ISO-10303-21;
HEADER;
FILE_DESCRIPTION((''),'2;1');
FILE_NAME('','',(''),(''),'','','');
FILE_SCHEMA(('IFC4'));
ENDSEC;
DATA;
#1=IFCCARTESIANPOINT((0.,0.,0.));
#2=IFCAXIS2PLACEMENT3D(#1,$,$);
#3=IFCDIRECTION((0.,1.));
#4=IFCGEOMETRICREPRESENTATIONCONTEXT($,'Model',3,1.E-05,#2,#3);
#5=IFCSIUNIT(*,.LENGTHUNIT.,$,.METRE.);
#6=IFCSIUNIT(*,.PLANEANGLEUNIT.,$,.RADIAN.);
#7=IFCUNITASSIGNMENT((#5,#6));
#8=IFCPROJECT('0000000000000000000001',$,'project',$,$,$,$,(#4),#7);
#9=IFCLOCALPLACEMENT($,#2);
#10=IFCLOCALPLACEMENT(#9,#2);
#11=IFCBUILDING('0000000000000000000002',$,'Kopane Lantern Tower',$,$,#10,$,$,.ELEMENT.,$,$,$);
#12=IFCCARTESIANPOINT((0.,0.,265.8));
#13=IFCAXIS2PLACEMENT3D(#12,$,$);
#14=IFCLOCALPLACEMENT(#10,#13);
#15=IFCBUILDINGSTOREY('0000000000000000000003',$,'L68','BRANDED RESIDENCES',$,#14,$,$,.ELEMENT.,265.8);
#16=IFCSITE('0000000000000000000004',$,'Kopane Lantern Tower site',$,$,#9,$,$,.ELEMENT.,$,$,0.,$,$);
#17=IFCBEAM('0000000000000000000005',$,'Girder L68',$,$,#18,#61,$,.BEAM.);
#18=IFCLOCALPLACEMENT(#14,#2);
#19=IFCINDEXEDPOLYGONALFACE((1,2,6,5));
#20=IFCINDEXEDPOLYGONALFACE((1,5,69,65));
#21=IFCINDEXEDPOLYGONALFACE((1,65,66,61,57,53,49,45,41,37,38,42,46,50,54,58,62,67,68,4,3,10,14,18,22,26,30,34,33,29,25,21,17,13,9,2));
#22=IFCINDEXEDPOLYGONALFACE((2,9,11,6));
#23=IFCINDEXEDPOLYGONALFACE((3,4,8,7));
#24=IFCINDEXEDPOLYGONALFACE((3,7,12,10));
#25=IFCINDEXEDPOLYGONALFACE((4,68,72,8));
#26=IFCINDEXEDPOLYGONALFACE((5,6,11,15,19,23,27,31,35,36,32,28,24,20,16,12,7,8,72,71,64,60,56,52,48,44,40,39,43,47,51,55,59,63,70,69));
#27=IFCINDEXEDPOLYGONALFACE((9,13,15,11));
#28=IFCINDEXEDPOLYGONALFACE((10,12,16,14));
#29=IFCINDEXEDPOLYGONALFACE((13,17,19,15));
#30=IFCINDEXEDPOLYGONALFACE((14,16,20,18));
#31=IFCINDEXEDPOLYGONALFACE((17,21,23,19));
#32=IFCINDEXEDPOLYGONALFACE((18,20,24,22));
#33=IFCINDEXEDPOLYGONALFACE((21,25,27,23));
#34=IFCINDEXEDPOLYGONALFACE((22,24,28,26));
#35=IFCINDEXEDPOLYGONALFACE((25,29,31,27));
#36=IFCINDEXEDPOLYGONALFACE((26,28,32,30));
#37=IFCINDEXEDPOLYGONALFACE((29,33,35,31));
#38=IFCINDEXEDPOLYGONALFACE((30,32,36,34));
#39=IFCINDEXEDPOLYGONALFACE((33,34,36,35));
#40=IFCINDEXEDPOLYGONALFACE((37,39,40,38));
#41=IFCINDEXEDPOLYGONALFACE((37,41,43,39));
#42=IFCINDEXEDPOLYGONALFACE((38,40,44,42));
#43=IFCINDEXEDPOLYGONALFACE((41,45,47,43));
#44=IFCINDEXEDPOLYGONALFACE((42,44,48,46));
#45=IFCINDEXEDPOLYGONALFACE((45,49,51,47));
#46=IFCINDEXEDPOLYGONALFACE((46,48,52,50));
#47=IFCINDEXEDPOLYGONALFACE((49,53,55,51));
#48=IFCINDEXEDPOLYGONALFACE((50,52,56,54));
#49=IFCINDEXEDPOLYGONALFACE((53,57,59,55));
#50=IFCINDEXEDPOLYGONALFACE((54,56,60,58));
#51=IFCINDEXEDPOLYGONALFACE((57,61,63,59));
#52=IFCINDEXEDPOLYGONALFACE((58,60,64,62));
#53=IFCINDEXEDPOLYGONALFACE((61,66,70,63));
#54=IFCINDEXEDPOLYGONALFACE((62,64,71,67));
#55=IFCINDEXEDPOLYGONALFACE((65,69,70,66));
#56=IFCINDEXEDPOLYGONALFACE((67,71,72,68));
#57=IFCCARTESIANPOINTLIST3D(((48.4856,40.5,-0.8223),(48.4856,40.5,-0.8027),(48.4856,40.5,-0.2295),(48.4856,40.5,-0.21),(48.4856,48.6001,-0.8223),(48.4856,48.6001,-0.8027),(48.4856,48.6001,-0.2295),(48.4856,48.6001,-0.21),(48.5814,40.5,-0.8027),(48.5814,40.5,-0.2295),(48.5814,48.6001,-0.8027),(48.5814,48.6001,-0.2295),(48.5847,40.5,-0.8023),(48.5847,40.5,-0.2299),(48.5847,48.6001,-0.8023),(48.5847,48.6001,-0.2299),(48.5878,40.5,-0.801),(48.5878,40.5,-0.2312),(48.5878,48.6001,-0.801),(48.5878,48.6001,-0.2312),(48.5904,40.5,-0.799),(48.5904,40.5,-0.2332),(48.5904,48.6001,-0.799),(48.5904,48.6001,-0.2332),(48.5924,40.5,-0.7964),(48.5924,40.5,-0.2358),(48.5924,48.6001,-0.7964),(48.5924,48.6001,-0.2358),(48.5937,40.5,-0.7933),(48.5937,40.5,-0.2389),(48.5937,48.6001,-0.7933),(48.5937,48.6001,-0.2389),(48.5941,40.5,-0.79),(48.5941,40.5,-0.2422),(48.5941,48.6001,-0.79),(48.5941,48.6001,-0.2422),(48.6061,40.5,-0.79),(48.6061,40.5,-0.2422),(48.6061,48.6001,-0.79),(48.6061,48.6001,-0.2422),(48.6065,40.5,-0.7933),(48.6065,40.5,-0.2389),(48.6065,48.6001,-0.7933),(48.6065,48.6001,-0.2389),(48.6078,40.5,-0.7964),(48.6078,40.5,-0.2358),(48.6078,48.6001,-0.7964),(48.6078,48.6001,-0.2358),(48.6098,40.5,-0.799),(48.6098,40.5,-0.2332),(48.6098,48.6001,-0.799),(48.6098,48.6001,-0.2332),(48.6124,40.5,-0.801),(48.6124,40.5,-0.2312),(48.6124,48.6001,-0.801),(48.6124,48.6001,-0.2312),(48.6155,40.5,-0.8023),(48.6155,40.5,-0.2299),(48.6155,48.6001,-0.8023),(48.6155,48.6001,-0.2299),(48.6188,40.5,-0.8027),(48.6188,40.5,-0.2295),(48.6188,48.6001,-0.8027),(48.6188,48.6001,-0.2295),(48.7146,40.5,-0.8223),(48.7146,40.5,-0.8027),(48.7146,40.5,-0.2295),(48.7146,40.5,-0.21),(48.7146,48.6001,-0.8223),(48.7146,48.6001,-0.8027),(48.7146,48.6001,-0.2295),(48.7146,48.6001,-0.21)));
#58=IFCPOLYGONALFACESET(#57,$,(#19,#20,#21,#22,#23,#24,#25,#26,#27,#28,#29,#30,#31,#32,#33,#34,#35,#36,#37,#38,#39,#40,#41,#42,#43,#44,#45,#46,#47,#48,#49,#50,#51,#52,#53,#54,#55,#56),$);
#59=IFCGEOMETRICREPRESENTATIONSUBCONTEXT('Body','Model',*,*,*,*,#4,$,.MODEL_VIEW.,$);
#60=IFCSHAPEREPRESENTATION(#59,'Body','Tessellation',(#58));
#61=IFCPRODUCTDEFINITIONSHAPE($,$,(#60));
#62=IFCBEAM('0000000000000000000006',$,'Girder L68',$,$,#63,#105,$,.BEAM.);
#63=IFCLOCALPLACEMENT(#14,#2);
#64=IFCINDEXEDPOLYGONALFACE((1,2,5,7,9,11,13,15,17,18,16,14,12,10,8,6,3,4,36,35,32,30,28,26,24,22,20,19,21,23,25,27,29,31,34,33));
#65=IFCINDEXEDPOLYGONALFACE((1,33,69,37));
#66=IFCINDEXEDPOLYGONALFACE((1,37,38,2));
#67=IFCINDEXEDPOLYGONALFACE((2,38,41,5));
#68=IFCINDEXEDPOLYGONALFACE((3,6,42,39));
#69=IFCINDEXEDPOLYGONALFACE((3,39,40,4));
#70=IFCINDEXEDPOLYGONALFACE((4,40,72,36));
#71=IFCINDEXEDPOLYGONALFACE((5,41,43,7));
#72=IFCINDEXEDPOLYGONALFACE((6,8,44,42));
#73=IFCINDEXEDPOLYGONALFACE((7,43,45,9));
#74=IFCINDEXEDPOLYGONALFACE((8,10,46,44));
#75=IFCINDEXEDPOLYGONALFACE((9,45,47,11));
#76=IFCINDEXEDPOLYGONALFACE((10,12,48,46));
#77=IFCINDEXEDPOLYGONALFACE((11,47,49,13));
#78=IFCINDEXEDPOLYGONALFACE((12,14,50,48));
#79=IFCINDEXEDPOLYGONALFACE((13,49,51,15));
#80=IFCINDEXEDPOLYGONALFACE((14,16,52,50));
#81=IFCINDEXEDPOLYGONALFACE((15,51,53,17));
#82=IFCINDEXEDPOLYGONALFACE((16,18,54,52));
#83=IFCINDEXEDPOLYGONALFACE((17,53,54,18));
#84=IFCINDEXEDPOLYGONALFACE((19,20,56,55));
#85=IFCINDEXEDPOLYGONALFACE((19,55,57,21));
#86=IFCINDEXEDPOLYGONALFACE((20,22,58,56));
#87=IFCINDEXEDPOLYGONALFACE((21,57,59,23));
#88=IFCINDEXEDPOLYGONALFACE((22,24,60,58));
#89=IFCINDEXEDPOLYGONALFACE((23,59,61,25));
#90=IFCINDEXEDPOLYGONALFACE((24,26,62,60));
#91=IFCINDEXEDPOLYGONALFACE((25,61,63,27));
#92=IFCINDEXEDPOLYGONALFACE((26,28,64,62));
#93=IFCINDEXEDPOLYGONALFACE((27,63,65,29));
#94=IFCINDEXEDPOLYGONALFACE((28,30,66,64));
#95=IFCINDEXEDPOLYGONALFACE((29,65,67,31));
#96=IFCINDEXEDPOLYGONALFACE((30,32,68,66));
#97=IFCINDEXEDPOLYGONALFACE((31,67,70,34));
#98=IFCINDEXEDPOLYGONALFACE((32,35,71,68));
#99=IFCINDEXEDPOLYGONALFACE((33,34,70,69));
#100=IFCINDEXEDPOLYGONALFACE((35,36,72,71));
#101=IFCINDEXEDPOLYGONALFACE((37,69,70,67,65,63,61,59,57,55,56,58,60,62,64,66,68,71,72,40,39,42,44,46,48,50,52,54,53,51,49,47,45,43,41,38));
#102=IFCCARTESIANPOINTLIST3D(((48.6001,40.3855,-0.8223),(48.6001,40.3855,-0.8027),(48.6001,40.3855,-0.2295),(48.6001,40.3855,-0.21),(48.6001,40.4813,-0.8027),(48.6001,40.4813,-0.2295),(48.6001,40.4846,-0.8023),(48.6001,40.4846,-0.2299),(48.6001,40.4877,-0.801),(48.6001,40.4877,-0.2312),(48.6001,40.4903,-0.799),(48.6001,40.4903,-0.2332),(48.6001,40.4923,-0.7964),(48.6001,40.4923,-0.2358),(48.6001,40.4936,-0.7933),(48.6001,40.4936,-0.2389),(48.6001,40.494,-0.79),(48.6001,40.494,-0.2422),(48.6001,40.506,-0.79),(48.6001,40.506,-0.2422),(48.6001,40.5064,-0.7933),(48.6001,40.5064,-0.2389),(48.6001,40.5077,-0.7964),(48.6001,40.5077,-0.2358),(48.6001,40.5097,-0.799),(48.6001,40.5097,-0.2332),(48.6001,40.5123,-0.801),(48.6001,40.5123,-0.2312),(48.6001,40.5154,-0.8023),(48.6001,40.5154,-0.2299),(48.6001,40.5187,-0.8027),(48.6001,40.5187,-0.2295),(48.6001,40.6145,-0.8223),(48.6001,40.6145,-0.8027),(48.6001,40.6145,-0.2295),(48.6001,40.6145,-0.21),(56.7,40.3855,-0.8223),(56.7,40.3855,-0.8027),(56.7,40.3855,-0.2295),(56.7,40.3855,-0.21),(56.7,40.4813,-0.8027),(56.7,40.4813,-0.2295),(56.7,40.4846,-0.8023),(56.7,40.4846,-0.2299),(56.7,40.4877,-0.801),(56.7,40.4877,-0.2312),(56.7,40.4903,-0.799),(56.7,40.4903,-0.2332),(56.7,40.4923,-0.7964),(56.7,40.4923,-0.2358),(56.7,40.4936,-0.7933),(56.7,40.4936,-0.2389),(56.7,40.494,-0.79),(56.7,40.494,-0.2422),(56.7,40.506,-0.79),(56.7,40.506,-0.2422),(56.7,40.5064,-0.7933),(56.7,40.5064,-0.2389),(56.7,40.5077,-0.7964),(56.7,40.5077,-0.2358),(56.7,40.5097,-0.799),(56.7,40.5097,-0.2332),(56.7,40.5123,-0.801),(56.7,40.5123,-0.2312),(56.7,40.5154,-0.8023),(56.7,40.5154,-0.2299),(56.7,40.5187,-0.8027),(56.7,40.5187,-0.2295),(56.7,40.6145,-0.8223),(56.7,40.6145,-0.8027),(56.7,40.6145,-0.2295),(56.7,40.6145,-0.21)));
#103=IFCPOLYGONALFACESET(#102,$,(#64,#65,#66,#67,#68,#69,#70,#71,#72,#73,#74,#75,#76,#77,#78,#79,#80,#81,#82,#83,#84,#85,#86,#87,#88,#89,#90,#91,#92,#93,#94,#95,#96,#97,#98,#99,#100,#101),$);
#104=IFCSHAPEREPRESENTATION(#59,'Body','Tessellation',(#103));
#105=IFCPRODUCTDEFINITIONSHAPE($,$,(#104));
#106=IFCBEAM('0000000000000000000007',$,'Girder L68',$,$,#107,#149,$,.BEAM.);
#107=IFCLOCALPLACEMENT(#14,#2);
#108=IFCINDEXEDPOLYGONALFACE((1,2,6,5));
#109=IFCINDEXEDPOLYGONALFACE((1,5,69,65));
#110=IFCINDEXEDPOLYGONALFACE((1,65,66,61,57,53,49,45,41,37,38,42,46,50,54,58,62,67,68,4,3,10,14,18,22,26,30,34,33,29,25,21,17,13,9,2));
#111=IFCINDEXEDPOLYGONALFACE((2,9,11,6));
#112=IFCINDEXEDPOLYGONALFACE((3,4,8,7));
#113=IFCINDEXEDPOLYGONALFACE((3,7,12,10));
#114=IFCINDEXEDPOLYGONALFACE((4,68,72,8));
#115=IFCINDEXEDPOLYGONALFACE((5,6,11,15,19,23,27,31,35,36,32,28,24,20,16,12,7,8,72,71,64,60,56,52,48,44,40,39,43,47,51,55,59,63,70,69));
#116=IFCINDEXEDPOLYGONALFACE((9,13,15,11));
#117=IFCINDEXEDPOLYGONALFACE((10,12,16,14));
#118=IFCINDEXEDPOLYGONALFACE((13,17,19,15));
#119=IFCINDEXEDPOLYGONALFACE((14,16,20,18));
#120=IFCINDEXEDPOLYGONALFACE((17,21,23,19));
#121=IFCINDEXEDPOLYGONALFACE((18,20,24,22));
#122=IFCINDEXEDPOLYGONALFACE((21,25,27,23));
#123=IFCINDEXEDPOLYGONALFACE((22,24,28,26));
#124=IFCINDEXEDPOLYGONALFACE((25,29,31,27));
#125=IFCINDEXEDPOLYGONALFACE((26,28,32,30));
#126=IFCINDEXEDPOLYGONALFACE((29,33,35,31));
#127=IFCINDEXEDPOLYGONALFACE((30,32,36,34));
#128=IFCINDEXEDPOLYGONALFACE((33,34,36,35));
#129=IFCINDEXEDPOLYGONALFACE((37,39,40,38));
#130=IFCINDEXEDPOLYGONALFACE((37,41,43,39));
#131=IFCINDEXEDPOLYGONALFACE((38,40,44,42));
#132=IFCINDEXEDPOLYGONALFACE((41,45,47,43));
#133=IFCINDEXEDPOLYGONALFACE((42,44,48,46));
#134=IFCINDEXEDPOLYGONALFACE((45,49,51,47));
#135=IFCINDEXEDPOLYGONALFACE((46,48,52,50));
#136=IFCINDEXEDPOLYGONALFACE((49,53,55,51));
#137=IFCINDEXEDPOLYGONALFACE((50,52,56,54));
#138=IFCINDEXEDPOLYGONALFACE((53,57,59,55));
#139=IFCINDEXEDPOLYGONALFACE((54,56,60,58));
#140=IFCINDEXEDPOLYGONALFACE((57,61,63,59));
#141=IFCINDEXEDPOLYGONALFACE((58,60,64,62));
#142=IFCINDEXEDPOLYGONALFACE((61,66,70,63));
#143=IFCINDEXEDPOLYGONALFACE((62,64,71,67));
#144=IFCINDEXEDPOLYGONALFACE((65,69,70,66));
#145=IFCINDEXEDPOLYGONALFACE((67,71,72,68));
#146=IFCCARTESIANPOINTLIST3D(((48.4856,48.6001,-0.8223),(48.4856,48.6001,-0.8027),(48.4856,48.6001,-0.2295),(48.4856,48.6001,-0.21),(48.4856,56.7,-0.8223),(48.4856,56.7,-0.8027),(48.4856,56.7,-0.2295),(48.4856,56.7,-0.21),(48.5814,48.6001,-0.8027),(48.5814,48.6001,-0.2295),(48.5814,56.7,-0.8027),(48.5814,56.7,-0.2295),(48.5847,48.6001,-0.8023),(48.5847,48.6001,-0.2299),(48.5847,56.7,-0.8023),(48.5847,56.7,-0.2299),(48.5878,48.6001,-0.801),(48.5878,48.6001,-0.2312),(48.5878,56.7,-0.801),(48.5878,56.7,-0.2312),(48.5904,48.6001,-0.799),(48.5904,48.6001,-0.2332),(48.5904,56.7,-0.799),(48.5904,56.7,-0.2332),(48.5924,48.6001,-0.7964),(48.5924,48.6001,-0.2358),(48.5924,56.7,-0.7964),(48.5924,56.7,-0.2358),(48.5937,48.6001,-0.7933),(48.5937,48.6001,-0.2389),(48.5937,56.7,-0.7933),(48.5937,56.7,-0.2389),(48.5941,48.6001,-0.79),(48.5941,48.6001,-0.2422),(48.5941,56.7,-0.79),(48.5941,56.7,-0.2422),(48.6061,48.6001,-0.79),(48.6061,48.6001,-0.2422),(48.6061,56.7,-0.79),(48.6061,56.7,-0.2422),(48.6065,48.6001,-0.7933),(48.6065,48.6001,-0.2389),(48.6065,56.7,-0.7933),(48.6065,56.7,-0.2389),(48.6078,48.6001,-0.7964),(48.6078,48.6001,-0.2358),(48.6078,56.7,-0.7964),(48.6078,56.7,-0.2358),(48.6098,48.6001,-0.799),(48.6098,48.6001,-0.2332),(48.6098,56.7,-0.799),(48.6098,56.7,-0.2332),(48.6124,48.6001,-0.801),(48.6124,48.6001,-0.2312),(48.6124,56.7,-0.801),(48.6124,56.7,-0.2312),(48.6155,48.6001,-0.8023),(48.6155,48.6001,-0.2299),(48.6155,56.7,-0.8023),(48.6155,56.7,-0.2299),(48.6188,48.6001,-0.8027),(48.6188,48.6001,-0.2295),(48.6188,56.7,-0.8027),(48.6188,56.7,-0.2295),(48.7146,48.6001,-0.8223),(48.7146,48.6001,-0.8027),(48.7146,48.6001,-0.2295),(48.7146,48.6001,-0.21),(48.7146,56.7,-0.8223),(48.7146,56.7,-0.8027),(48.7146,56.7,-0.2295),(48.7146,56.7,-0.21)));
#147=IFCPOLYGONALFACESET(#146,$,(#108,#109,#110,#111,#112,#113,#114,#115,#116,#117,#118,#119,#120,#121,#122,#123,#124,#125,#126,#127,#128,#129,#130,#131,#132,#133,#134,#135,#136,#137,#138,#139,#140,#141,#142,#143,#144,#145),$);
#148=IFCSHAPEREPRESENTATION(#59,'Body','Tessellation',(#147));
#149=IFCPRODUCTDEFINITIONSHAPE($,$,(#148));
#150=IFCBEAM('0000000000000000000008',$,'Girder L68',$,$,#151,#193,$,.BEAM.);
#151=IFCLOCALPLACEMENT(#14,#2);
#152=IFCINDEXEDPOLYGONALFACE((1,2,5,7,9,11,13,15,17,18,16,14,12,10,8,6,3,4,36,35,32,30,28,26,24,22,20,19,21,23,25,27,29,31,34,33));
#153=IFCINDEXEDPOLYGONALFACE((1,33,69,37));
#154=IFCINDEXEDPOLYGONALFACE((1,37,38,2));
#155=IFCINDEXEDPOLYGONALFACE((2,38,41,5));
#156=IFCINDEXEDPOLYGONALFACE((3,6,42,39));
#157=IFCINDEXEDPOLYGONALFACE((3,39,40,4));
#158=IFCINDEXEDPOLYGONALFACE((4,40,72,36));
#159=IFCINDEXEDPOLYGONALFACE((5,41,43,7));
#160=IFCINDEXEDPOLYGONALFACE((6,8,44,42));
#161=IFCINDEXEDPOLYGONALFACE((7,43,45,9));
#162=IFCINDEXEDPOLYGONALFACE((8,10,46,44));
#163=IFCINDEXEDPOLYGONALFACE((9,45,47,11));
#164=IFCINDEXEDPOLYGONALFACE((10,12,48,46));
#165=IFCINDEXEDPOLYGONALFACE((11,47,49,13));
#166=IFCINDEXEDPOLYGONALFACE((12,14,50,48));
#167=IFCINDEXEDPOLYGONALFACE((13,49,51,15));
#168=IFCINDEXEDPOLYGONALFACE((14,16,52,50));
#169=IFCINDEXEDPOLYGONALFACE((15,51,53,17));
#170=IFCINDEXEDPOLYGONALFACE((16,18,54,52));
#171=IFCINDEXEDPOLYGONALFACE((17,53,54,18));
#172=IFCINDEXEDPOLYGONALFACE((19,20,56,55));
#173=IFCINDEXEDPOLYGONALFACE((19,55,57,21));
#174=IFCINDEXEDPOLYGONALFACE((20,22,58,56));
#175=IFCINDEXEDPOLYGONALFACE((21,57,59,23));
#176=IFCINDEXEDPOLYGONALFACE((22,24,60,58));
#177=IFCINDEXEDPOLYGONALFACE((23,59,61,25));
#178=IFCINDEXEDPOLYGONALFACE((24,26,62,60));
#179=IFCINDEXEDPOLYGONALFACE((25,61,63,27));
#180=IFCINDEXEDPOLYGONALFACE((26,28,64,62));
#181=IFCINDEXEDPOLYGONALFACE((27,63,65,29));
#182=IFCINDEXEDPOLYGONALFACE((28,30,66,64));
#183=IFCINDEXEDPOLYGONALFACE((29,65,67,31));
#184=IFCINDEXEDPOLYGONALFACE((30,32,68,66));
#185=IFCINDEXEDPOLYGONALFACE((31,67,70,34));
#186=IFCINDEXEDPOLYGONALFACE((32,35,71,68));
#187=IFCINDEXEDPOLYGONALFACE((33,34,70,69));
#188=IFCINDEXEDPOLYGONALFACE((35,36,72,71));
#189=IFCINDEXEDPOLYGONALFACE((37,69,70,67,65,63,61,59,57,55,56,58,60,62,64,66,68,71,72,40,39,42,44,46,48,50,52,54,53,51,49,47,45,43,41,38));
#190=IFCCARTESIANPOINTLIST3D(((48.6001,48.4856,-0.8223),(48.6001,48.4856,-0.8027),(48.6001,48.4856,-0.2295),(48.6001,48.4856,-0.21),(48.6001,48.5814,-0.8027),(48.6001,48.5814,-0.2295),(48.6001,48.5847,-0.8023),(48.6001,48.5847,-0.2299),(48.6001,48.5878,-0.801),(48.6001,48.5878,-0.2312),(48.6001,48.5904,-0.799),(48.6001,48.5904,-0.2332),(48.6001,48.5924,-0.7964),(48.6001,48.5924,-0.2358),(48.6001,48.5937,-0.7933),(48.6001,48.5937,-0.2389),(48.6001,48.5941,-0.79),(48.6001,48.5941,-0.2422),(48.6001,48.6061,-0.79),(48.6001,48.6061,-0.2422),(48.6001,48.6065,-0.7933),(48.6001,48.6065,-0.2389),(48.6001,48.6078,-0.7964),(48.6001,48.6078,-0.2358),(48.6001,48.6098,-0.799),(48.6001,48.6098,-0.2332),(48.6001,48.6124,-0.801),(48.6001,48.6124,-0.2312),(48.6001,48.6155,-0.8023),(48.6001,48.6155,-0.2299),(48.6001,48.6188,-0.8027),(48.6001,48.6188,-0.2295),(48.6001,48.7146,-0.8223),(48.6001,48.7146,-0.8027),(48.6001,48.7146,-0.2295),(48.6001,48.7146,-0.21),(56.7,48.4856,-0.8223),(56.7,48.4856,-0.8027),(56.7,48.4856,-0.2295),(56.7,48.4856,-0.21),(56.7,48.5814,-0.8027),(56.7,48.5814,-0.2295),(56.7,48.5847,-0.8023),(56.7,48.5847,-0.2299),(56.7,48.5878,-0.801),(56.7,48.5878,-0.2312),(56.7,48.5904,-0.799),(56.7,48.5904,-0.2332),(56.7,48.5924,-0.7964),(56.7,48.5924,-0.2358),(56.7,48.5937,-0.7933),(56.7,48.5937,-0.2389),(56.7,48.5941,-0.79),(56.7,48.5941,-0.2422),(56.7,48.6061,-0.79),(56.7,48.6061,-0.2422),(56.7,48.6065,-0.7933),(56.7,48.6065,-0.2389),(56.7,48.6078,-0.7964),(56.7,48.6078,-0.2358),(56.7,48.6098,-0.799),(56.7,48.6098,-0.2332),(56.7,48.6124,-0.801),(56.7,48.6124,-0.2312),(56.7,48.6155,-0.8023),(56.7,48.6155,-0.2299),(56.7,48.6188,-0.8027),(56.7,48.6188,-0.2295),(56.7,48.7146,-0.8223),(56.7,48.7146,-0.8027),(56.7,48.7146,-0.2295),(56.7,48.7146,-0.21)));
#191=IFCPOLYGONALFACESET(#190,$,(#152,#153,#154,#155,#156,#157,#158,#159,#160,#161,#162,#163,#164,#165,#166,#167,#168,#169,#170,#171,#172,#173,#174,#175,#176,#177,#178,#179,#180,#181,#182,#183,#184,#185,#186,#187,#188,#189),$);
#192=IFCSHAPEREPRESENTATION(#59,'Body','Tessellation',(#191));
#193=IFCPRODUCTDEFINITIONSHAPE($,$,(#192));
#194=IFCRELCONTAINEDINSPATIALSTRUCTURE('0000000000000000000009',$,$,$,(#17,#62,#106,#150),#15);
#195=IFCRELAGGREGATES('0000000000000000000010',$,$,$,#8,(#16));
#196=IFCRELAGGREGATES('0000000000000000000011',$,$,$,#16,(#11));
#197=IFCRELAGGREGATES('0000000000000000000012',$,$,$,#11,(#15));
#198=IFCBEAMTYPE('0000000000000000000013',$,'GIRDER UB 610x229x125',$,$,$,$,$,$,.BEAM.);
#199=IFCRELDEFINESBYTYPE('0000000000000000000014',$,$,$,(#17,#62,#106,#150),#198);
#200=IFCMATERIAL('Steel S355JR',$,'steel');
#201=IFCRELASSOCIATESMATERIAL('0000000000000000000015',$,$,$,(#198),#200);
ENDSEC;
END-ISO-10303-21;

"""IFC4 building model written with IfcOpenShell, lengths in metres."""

from ifc_helpers import new_model, si_unit, direction, frame, origin, origin_2d, place, context, subcontext, project, spatial, i_section, extrude, material, material_profile, profile_set, type_object, element, save


model = new_model("IFC4")

# Units and contexts
model_context = context("Model", 3, precision=1e-05, world=origin(), true_north=direction((0.0, 1.0)))
body_context = subcontext(model_context, "Body", "Model", "MODEL_VIEW")
ifc_project = project(units=[si_unit("LENGTHUNIT", "METRE"), si_unit("PLANEANGLEUNIT", "RADIAN")], contexts=[model_context])

# Site, building, storey
site_placement = place(None, origin())
site = spatial("IfcSite", under=ifc_project, at=site_placement, Name="Kopane Lantern Tower site", CompositionType="ELEMENT", RefElevation=0.0)
building_placement = place(site_placement, origin())
building = spatial("IfcBuilding", under=site, at=building_placement, Name="Kopane Lantern Tower", CompositionType="ELEMENT")
storey_placement = place(building_placement, frame((0.0, 0.0, 265.8)))
storey = spatial("IfcBuildingStorey", under=building, at=storey_placement, Name="L68", Description="BRANDED RESIDENCES", CompositionType="ELEMENT", Elevation=265.8)

# Beams
ifc_material_1 = material(Name="Steel S355JR", Category="steel")
ifc_material_profile_1 = material_profile(ifc_material_1, i_section(OverallWidth=0.229, OverallDepth=0.6123, WebThickness=0.012, FlangeThickness=0.0195, FilletRadius=0.0127, at=origin_2d()), Name="UB 610x229x125")
ifc_profile_set_1 = profile_set([ifc_material_profile_1], Name="Steel S355JR")
beam_type = type_object("IfcBeamType", Name="GIRDER UB 610x229x125", PredefinedType="BEAM", material=ifc_profile_set_1)
beam_1_placement = place(storey_placement, frame((48.6001, 40.5, -0.5161), z_axis=(0.0, 1.0, 0.0), x_axis=(-1.0, 0.0, 0.0)))
element("IfcBeam", 1, at=beam_1_placement, inside=storey, type_object=beam_type, Name="Girder L68", PredefinedType="BEAM", context=body_context, shape_type="SweptSolid", body=[
    extrude(i_section(OverallWidth=0.229, OverallDepth=0.6123, WebThickness=0.012, FlangeThickness=0.0195, FilletRadius=0.0127, at=origin_2d()), origin(), (0.0, 0.0, 1.0), 8.1001),
])
for number, where, z_axis, x_axis, name in (
    (2, (48.6001, 40.5, -0.5161), (1.0, 0.0, 0.0), (0.0, 1.0, 0.0), "Girder L68"),
    (3, (48.6001, 48.6001, -0.5161), (0.0, 1.0, 0.0), (-1.0, 0.0, 0.0), "Girder L68"),
    (4, (48.6001, 48.6001, -0.5161), (1.0, 0.0, 0.0), (0.0, 1.0, 0.0), "Girder L68"),
):
    element("IfcBeam", number, at=place(storey_placement, frame(where, z_axis=z_axis, x_axis=x_axis)), inside=storey, type_object=beam_type, Name=name, PredefinedType="BEAM", context=body_context, shape_type="SweptSolid", body=[
        extrude(i_section(OverallWidth=0.229, OverallDepth=0.6123, WebThickness=0.012, FlangeThickness=0.0195, FilletRadius=0.0127, at=origin_2d()), origin(), (0.0, 0.0, 1.0), 8.0999),
    ])

save(model, "model.ifc")
